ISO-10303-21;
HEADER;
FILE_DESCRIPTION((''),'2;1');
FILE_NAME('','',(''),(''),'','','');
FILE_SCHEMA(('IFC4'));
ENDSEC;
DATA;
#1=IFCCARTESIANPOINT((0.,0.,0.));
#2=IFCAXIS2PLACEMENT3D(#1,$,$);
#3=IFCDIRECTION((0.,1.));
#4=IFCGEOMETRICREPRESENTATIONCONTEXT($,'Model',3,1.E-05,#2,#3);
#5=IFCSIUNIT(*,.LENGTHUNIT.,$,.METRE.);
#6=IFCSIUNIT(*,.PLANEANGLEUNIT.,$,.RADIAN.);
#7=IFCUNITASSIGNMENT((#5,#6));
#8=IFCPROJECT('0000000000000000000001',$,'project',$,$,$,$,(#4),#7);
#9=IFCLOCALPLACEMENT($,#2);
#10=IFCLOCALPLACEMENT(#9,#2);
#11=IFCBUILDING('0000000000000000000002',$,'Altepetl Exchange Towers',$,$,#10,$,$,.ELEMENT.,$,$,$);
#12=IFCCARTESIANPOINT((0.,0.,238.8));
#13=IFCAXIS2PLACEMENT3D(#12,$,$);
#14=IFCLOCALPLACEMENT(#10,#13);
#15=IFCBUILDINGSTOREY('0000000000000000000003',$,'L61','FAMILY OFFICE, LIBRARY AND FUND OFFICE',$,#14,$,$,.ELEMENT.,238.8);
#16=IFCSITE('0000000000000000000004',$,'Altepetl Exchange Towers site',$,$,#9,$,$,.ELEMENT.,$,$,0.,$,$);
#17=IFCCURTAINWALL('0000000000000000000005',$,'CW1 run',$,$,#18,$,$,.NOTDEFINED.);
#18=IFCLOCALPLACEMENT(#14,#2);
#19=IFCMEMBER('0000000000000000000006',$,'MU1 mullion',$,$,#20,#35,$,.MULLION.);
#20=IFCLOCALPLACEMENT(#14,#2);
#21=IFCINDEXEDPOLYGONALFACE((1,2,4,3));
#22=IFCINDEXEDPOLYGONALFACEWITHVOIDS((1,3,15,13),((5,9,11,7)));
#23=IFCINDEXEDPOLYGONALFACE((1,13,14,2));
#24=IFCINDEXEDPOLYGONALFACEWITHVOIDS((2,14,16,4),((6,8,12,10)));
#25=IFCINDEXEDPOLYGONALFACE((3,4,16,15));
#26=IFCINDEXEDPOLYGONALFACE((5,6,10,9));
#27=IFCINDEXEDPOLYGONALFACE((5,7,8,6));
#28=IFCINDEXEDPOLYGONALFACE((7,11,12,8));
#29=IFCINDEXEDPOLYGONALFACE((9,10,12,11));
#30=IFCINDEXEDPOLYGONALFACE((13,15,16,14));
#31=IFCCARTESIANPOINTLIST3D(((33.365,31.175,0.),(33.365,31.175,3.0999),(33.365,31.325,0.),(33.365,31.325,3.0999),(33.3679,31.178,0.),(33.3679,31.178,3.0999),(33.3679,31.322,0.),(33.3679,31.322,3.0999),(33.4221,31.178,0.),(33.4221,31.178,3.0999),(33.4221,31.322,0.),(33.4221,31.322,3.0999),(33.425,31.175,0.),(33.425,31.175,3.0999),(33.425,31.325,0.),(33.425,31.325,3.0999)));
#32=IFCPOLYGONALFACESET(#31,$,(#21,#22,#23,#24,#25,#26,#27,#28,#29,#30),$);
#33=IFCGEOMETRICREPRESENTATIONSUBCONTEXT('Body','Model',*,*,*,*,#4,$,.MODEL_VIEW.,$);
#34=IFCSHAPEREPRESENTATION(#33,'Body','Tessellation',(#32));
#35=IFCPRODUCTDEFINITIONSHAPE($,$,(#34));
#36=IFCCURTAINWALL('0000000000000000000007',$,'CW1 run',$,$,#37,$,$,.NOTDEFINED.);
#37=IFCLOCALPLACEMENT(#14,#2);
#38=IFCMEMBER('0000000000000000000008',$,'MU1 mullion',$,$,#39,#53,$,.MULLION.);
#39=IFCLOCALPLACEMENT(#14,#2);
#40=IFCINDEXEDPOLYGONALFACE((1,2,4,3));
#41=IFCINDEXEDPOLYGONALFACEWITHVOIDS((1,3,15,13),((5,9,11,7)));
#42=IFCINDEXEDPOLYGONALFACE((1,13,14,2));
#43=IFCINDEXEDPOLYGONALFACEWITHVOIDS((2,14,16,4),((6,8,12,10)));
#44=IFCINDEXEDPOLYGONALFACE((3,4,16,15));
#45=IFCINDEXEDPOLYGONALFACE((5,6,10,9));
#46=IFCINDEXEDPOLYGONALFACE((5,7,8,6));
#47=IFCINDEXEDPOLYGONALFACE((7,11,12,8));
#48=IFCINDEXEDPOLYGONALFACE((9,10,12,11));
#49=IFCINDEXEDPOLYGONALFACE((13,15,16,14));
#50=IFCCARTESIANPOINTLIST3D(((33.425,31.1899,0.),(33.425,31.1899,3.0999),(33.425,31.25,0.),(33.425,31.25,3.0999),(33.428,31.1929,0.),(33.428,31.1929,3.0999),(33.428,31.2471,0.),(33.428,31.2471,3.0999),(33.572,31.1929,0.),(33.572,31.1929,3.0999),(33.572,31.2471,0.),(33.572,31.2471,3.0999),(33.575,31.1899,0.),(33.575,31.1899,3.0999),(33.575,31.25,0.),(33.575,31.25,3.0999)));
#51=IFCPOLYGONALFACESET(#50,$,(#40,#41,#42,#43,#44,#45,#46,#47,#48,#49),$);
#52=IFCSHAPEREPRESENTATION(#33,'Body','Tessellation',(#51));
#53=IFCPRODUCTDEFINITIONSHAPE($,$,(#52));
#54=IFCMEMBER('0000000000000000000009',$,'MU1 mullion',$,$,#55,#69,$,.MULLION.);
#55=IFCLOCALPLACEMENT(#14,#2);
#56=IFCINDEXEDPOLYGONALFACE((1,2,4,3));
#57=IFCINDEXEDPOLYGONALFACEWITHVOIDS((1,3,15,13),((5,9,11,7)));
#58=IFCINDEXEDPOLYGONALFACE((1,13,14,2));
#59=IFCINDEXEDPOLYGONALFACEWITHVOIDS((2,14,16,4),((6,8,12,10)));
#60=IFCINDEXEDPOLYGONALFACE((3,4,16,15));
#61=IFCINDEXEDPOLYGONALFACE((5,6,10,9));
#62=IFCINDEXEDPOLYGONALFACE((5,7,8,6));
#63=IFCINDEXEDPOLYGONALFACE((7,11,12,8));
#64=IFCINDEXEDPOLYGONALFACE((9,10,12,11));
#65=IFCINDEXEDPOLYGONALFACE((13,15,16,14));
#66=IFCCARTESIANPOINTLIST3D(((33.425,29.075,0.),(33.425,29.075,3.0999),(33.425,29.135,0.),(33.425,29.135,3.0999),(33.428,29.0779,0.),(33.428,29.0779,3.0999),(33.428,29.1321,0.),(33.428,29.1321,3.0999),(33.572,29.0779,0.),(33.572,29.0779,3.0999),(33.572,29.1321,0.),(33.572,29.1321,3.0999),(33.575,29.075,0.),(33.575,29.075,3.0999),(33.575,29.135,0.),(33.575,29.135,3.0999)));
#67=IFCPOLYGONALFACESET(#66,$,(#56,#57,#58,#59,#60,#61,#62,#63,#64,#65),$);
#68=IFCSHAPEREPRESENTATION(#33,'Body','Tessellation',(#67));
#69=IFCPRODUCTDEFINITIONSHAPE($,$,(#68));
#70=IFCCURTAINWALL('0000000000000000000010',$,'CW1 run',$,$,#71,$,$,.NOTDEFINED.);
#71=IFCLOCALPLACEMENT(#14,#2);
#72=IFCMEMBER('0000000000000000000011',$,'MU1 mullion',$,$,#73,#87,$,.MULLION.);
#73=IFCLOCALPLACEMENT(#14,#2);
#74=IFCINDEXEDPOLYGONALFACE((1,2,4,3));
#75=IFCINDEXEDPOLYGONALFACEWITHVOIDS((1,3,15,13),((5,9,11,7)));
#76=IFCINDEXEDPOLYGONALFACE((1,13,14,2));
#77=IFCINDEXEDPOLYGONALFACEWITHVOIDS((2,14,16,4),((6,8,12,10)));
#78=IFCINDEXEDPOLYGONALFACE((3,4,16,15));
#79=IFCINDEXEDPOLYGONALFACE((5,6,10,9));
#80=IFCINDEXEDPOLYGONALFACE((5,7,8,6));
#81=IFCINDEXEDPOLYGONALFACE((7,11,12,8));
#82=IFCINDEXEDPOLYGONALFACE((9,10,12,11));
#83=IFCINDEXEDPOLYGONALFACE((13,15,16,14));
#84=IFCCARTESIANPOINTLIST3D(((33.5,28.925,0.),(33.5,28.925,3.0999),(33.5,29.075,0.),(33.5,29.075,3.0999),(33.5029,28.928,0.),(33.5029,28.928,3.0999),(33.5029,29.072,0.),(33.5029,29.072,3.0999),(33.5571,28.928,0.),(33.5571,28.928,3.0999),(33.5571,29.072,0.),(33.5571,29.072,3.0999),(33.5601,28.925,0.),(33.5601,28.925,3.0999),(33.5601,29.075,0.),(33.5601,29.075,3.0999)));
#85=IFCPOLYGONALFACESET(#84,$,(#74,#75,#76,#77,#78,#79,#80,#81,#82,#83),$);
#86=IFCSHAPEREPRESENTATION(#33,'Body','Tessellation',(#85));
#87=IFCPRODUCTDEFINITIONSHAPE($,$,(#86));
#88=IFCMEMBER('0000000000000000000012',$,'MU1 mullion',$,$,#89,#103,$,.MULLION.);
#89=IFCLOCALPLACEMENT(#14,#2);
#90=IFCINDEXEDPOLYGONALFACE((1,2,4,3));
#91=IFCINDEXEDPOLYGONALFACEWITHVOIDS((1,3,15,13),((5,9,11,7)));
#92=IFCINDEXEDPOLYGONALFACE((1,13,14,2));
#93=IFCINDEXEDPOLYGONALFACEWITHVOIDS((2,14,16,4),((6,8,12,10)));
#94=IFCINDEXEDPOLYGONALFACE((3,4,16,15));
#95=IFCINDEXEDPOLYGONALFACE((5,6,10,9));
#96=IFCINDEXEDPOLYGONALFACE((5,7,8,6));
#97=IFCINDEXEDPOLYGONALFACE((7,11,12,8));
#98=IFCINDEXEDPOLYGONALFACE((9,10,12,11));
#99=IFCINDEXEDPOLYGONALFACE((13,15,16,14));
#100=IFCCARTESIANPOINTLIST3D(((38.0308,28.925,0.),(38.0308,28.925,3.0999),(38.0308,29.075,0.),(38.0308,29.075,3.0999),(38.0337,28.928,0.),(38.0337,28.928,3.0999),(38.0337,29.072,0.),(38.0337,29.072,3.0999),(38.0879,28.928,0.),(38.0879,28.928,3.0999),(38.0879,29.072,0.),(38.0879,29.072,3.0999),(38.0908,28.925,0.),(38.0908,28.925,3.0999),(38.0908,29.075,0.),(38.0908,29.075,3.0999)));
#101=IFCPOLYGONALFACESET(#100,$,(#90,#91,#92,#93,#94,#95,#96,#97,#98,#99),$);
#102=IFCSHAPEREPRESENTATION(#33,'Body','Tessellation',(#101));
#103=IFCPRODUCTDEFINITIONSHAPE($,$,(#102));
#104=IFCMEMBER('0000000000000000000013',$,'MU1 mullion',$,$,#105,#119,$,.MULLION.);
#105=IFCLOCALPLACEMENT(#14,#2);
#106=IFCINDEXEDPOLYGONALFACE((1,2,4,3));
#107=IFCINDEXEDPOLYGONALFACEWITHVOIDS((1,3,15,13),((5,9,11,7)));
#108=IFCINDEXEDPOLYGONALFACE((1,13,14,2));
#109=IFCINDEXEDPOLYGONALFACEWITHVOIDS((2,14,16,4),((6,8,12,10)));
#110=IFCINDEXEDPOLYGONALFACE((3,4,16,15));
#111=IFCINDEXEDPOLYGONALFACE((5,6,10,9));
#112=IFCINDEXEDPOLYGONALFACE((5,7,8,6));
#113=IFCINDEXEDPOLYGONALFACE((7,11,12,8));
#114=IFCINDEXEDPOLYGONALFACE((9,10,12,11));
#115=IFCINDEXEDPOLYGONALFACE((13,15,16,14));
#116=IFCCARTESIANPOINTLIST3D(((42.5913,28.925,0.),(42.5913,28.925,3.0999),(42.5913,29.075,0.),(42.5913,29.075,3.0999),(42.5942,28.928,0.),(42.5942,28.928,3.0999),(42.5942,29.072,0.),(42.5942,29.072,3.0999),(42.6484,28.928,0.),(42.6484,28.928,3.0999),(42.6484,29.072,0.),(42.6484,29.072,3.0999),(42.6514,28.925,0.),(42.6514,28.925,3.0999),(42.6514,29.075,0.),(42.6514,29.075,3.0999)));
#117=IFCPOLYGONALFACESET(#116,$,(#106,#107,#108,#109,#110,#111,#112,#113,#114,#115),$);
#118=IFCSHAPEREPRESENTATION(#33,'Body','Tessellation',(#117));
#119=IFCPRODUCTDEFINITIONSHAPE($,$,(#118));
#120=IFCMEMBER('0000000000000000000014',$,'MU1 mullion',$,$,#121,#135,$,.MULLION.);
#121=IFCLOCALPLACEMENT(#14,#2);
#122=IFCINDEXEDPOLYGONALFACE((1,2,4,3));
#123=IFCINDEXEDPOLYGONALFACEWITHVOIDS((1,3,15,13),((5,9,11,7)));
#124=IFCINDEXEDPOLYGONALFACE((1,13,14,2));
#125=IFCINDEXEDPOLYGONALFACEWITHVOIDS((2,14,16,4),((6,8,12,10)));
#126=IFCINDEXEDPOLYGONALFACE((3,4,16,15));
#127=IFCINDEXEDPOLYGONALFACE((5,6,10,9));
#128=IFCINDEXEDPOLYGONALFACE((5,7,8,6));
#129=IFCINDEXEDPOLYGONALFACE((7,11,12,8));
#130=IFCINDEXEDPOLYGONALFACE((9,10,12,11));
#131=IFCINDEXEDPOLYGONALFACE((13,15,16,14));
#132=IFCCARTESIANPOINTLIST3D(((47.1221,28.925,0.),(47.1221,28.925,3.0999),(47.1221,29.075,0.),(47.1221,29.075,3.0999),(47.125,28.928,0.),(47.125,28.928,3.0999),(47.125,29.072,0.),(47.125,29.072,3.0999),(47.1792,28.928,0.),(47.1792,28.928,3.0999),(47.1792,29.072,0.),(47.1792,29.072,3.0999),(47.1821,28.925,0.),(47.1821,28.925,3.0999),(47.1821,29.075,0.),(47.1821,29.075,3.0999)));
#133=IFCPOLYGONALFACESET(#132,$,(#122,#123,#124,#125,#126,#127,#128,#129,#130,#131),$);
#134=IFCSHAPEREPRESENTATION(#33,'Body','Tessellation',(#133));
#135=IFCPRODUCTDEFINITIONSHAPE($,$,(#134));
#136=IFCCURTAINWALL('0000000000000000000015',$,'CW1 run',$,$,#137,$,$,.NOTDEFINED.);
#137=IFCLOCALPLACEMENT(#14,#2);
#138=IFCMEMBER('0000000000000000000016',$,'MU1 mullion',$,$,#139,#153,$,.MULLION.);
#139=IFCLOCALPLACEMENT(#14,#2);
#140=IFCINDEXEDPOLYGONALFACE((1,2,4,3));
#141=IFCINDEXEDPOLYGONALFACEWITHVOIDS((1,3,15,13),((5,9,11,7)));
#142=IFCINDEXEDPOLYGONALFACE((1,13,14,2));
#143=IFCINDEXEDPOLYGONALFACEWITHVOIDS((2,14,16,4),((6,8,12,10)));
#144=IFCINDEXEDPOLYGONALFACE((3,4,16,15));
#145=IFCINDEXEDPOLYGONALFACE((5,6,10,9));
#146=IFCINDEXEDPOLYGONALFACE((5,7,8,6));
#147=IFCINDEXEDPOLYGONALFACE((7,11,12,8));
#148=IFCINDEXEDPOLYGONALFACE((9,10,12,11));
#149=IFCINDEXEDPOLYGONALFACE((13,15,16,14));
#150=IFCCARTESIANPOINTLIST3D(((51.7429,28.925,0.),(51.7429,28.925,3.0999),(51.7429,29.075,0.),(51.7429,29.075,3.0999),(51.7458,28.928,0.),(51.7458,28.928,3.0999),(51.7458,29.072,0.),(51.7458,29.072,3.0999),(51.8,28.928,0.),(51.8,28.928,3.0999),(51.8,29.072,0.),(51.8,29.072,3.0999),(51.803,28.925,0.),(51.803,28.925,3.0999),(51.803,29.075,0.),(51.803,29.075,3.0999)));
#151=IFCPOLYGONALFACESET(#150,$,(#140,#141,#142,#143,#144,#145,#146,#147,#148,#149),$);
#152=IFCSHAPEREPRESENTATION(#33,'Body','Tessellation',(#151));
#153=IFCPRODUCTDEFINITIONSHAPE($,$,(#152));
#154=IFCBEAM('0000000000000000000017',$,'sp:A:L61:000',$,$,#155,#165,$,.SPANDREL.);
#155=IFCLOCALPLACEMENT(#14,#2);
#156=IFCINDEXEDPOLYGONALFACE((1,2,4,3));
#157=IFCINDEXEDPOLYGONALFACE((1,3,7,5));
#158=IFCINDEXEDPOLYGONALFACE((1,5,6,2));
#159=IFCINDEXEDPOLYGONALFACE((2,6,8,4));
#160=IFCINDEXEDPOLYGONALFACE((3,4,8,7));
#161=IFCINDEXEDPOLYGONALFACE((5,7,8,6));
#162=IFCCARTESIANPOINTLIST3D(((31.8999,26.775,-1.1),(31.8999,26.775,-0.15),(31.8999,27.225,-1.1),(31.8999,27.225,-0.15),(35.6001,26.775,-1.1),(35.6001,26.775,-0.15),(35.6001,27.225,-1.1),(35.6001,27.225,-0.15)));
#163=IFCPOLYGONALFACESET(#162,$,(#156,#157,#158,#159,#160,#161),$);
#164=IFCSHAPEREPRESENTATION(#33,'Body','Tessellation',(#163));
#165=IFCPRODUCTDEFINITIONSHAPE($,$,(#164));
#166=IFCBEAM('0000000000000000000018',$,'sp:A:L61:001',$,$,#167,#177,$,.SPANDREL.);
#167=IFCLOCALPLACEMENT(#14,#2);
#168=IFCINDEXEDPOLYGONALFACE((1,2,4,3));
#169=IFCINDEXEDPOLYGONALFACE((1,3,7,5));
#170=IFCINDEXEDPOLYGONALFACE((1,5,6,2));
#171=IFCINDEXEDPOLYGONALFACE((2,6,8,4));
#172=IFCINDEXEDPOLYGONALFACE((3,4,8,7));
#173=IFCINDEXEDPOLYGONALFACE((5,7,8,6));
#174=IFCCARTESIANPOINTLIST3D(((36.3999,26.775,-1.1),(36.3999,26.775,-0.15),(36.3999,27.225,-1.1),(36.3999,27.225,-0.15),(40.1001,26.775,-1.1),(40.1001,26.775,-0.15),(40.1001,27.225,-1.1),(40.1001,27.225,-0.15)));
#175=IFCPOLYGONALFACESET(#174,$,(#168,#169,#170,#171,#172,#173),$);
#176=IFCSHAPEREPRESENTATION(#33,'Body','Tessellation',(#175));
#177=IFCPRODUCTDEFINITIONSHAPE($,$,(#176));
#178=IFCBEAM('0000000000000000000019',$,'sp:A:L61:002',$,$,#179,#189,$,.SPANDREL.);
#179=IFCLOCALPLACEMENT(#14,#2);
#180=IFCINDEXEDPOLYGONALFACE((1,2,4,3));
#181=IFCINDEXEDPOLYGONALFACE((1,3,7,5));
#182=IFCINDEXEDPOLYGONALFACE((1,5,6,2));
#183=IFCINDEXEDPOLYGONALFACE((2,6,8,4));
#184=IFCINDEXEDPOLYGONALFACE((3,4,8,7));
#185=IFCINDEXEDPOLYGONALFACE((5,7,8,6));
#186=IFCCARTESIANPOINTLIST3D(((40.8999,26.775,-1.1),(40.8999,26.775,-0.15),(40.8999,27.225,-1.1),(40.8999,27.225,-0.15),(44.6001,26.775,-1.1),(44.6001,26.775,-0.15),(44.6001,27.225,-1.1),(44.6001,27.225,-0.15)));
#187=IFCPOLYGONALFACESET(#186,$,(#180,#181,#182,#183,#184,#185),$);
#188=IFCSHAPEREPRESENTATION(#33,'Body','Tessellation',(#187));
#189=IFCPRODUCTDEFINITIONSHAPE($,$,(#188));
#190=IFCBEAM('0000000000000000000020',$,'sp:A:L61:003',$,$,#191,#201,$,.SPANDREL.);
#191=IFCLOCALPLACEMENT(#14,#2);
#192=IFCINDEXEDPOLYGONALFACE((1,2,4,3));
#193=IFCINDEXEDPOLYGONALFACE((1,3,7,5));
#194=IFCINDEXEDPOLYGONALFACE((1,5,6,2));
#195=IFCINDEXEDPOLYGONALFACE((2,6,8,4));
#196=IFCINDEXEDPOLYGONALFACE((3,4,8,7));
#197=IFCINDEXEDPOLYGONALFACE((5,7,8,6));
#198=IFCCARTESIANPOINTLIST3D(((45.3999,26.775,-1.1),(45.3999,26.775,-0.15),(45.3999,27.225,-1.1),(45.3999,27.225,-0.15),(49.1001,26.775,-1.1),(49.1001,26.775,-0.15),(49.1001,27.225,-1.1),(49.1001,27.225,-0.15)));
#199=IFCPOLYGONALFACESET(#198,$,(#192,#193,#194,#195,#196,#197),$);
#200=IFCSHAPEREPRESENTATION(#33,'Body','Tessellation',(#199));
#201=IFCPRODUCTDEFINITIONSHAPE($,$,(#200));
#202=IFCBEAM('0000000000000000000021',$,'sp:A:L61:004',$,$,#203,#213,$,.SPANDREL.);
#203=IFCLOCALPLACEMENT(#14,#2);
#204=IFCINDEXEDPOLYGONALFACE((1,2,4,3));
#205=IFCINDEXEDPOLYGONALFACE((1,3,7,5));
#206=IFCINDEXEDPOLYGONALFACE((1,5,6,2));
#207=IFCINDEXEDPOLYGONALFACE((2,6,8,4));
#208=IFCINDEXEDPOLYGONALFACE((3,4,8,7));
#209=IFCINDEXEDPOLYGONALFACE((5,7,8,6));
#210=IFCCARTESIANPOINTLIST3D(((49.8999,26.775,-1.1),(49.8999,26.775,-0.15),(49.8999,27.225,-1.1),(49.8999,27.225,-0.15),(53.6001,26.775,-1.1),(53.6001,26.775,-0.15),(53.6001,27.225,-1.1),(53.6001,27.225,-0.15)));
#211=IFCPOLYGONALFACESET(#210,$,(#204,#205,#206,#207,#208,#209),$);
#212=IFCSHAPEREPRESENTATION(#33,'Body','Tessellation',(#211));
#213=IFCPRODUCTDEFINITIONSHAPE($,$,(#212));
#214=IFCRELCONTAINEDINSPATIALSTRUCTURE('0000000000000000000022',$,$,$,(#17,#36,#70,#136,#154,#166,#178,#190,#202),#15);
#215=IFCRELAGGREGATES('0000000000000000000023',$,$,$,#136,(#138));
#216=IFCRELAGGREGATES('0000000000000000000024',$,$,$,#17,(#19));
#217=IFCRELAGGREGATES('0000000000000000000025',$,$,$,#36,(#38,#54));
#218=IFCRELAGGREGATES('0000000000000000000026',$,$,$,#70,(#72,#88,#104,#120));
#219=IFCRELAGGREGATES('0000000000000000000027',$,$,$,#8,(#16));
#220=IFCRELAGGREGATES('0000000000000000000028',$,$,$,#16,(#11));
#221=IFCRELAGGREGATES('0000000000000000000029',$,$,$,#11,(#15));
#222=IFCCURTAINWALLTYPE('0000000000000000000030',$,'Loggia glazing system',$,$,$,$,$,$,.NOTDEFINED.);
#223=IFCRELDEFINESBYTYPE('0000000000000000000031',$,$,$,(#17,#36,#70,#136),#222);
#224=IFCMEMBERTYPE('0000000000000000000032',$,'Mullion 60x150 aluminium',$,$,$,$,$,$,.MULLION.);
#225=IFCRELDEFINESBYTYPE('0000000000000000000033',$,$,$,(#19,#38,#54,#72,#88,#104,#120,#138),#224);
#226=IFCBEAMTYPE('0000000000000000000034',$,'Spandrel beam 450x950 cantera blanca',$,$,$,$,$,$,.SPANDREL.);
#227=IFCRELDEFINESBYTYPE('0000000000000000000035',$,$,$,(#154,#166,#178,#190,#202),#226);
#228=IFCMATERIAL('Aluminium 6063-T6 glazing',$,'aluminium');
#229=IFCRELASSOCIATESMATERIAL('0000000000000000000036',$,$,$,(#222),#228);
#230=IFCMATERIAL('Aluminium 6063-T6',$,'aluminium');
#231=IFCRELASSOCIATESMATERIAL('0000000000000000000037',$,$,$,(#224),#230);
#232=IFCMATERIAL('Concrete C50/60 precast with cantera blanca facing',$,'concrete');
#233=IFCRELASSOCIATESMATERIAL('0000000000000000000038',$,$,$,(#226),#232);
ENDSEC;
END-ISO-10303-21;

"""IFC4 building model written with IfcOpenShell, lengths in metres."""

from ifc_helpers import new_model, si_unit, direction, frame, origin, origin_2d, place, context, subcontext, project, spatial, rectangle, hollow_rectangle, extrude, material, material_profile, profile_set, type_object, element, aggregate, save


model = new_model("IFC4")

# Units and contexts
model_context = context("Model", 3, precision=1e-05, world=origin(), true_north=direction((0.0, 1.0)))
body_context = subcontext(model_context, "Body", "Model", "MODEL_VIEW")
ifc_project = project(units=[si_unit("LENGTHUNIT", "METRE"), si_unit("PLANEANGLEUNIT", "RADIAN")], contexts=[model_context])

# Site, building, storey
site_placement = place(None, origin())
site = spatial("IfcSite", under=ifc_project, at=site_placement, Name="Altepetl Exchange Towers site", CompositionType="ELEMENT", RefElevation=0.0)
building_placement = place(site_placement, origin())
building = spatial("IfcBuilding", under=site, at=building_placement, Name="Altepetl Exchange Towers", CompositionType="ELEMENT")
storey_placement = place(building_placement, frame((0.0, 0.0, 238.8)))
storey = spatial("IfcBuildingStorey", under=building, at=storey_placement, Name="L61", Description="FAMILY OFFICE, LIBRARY AND FUND OFFICE", CompositionType="ELEMENT", Elevation=238.8)

# Shared definitions
ifc_material_1 = material(Name="Aluminium 6063-T6 glazing", Category="aluminium")
curtain_wall_type = type_object("IfcCurtainWallType", Name="Loggia glazing system", PredefinedType="NOTDEFINED", material=ifc_material_1)
ifc_material_2 = material(Name="Aluminium 6063-T6", Category="aluminium")
ifc_material_profile_1 = material_profile(ifc_material_2, hollow_rectangle(XDim=0.0601, YDim=0.1499, WallThickness=0.0029, at=origin_2d()), Name="Mullion 60x150 aluminium")
ifc_profile_set_1 = profile_set([ifc_material_profile_1], Name="Aluminium 6063-T6")
member_type = type_object("IfcMemberType", Name="Mullion 60x150 aluminium", PredefinedType="MULLION", material=ifc_profile_set_1)

# Curtain wall, member
curtain_wall_1_placement = place(storey_placement, origin())
curtain_wall_1 = element("IfcCurtainWall", 1, at=curtain_wall_1_placement, inside=storey, type_object=curtain_wall_type, Name="CW1 run", PredefinedType="NOTDEFINED")
member_1_placement = place(storey_placement, frame((33.395, 31.25, 0.0)))
member_1 = element("IfcMember", 2, at=member_1_placement, type_object=member_type, Name="MU1 mullion", PredefinedType="MULLION", context=body_context, shape_type="SweptSolid", body=[
    extrude(hollow_rectangle(XDim=0.0601, YDim=0.1499, WallThickness=0.0029, at=origin_2d()), origin(), (0.0, 0.0, 1.0), 3.0999),
])

# Curtain walls, members
curtain_wall_2_placement = place(storey_placement, origin())
curtain_wall_2 = element("IfcCurtainWall", 3, at=curtain_wall_2_placement, inside=storey, type_object=curtain_wall_type, Name="CW1 run", PredefinedType="NOTDEFINED")
member_2_placement = place(storey_placement, frame((33.5, 31.22, 0.0), z_axis=(0.0, 0.0, 1.0), x_axis=(0.0, -1.0, 0.0)))
member_2 = element("IfcMember", 4, at=member_2_placement, type_object=member_type, Name="MU1 mullion", PredefinedType="MULLION", context=body_context, shape_type="SweptSolid", body=[
    extrude(hollow_rectangle(XDim=0.0601, YDim=0.1499, WallThickness=0.0029, at=origin_2d()), origin(), (0.0, 0.0, 1.0), 3.0999),
])
member_3_placement = place(storey_placement, frame((33.5, 29.105, 0.0), z_axis=(0.0, 0.0, 1.0), x_axis=(0.0, -1.0, 0.0)))
member_3 = element("IfcMember", 5, at=member_3_placement, type_object=member_type, Name="MU1 mullion", PredefinedType="MULLION", context=body_context, shape_type="SweptSolid", body=[
    extrude(hollow_rectangle(XDim=0.0601, YDim=0.1499, WallThickness=0.0029, at=origin_2d()), origin(), (0.0, 0.0, 1.0), 3.0999),
])
curtain_wall_3_placement = place(storey_placement, origin())
curtain_wall_3 = element("IfcCurtainWall", 6, at=curtain_wall_3_placement, inside=storey, type_object=curtain_wall_type, Name="CW1 run", PredefinedType="NOTDEFINED")
member_4_placement = place(storey_placement, frame((33.53, 29.0, 0.0)))
member_4 = element("IfcMember", 7, at=member_4_placement, type_object=member_type, Name="MU1 mullion", PredefinedType="MULLION", context=body_context, shape_type="SweptSolid", body=[
    extrude(hollow_rectangle(XDim=0.0601, YDim=0.1499, WallThickness=0.0029, at=origin_2d()), origin(), (0.0, 0.0, 1.0), 3.0999),
])
member_5_placement = place(storey_placement, frame((38.0608, 29.0, 0.0)))
member_5 = element("IfcMember", 8, at=member_5_placement, type_object=member_type, Name="MU1 mullion", PredefinedType="MULLION", context=body_context, shape_type="SweptSolid", body=[
    extrude(hollow_rectangle(XDim=0.0601, YDim=0.1499, WallThickness=0.0029, at=origin_2d()), origin(), (0.0, 0.0, 1.0), 3.0999),
])
member_6_placement = place(storey_placement, frame((42.6213, 29.0, 0.0)))
member_6 = element("IfcMember", 9, at=member_6_placement, type_object=member_type, Name="MU1 mullion", PredefinedType="MULLION", context=body_context, shape_type="SweptSolid", body=[
    extrude(hollow_rectangle(XDim=0.0601, YDim=0.1499, WallThickness=0.0029, at=origin_2d()), origin(), (0.0, 0.0, 1.0), 3.0999),
])
member_7_placement = place(storey_placement, frame((47.1521, 29.0, 0.0)))
member_7 = element("IfcMember", 10, at=member_7_placement, type_object=member_type, Name="MU1 mullion", PredefinedType="MULLION", context=body_context, shape_type="SweptSolid", body=[
    extrude(hollow_rectangle(XDim=0.0601, YDim=0.1499, WallThickness=0.0029, at=origin_2d()), origin(), (0.0, 0.0, 1.0), 3.0999),
])

# Curtain wall, member
curtain_wall_4_placement = place(storey_placement, origin())
curtain_wall_4 = element("IfcCurtainWall", 11, at=curtain_wall_4_placement, inside=storey, type_object=curtain_wall_type, Name="CW1 run", PredefinedType="NOTDEFINED")
member_8_placement = place(storey_placement, frame((51.7729, 29.0, 0.0)))
member_8 = element("IfcMember", 12, at=member_8_placement, type_object=member_type, Name="MU1 mullion", PredefinedType="MULLION", context=body_context, shape_type="SweptSolid", body=[
    extrude(hollow_rectangle(XDim=0.0601, YDim=0.1499, WallThickness=0.0029, at=origin_2d()), origin(), (0.0, 0.0, 1.0), 3.0999),
])
aggregate(curtain_wall_4, [member_8])

# Beams
ifc_material_3 = material(Name="Concrete C50/60 precast with cantera blanca facing", Category="concrete")
ifc_material_profile_2 = material_profile(ifc_material_3, rectangle(XDim=0.45, YDim=0.95, at=origin_2d()), Name="450 x 950")
ifc_profile_set_2 = profile_set([ifc_material_profile_2], Name="Concrete C50/60 precast with cantera blanca facing")
beam_type_1 = type_object("IfcBeamType", Name="Spandrel beam 450x950 cantera blanca", PredefinedType="SPANDREL", material=ifc_profile_set_2)
for number, where, z_axis, x_axis, name in (
    (13, (31.8999, 27.0, -0.625), (1.0, 0.0, 0.0), (0.0, 1.0, 0.0), "sp:A:L61:000"),
    (14, (36.3999, 27.0, -0.625), (1.0, 0.0, 0.0), (0.0, 1.0, 0.0), "sp:A:L61:001"),
    (15, (40.8999, 27.0, -0.625), (1.0, 0.0, 0.0), (0.0, 1.0, 0.0), "sp:A:L61:002"),
    (16, (45.3999, 27.0, -0.625), (1.0, 0.0, 0.0), (0.0, 1.0, 0.0), "sp:A:L61:003"),
    (17, (49.8999, 27.0, -0.625), (1.0, 0.0, 0.0), (0.0, 1.0, 0.0), "sp:A:L61:004"),
):
    element("IfcBeam", number, at=place(storey_placement, frame(where, z_axis=z_axis, x_axis=x_axis)), inside=storey, type_object=beam_type_1, Name=name, PredefinedType="SPANDREL", context=body_context, shape_type="SweptSolid", body=[
        extrude(rectangle(XDim=0.45, YDim=0.95, at=origin_2d()), origin(), (0.0, 0.0, 1.0), 3.7002),
    ])

aggregate(curtain_wall_1, [member_1])
aggregate(curtain_wall_2, [member_2, member_3])
aggregate(curtain_wall_3, [member_4, member_5, member_6, member_7])

save(model, "model.ifc")
